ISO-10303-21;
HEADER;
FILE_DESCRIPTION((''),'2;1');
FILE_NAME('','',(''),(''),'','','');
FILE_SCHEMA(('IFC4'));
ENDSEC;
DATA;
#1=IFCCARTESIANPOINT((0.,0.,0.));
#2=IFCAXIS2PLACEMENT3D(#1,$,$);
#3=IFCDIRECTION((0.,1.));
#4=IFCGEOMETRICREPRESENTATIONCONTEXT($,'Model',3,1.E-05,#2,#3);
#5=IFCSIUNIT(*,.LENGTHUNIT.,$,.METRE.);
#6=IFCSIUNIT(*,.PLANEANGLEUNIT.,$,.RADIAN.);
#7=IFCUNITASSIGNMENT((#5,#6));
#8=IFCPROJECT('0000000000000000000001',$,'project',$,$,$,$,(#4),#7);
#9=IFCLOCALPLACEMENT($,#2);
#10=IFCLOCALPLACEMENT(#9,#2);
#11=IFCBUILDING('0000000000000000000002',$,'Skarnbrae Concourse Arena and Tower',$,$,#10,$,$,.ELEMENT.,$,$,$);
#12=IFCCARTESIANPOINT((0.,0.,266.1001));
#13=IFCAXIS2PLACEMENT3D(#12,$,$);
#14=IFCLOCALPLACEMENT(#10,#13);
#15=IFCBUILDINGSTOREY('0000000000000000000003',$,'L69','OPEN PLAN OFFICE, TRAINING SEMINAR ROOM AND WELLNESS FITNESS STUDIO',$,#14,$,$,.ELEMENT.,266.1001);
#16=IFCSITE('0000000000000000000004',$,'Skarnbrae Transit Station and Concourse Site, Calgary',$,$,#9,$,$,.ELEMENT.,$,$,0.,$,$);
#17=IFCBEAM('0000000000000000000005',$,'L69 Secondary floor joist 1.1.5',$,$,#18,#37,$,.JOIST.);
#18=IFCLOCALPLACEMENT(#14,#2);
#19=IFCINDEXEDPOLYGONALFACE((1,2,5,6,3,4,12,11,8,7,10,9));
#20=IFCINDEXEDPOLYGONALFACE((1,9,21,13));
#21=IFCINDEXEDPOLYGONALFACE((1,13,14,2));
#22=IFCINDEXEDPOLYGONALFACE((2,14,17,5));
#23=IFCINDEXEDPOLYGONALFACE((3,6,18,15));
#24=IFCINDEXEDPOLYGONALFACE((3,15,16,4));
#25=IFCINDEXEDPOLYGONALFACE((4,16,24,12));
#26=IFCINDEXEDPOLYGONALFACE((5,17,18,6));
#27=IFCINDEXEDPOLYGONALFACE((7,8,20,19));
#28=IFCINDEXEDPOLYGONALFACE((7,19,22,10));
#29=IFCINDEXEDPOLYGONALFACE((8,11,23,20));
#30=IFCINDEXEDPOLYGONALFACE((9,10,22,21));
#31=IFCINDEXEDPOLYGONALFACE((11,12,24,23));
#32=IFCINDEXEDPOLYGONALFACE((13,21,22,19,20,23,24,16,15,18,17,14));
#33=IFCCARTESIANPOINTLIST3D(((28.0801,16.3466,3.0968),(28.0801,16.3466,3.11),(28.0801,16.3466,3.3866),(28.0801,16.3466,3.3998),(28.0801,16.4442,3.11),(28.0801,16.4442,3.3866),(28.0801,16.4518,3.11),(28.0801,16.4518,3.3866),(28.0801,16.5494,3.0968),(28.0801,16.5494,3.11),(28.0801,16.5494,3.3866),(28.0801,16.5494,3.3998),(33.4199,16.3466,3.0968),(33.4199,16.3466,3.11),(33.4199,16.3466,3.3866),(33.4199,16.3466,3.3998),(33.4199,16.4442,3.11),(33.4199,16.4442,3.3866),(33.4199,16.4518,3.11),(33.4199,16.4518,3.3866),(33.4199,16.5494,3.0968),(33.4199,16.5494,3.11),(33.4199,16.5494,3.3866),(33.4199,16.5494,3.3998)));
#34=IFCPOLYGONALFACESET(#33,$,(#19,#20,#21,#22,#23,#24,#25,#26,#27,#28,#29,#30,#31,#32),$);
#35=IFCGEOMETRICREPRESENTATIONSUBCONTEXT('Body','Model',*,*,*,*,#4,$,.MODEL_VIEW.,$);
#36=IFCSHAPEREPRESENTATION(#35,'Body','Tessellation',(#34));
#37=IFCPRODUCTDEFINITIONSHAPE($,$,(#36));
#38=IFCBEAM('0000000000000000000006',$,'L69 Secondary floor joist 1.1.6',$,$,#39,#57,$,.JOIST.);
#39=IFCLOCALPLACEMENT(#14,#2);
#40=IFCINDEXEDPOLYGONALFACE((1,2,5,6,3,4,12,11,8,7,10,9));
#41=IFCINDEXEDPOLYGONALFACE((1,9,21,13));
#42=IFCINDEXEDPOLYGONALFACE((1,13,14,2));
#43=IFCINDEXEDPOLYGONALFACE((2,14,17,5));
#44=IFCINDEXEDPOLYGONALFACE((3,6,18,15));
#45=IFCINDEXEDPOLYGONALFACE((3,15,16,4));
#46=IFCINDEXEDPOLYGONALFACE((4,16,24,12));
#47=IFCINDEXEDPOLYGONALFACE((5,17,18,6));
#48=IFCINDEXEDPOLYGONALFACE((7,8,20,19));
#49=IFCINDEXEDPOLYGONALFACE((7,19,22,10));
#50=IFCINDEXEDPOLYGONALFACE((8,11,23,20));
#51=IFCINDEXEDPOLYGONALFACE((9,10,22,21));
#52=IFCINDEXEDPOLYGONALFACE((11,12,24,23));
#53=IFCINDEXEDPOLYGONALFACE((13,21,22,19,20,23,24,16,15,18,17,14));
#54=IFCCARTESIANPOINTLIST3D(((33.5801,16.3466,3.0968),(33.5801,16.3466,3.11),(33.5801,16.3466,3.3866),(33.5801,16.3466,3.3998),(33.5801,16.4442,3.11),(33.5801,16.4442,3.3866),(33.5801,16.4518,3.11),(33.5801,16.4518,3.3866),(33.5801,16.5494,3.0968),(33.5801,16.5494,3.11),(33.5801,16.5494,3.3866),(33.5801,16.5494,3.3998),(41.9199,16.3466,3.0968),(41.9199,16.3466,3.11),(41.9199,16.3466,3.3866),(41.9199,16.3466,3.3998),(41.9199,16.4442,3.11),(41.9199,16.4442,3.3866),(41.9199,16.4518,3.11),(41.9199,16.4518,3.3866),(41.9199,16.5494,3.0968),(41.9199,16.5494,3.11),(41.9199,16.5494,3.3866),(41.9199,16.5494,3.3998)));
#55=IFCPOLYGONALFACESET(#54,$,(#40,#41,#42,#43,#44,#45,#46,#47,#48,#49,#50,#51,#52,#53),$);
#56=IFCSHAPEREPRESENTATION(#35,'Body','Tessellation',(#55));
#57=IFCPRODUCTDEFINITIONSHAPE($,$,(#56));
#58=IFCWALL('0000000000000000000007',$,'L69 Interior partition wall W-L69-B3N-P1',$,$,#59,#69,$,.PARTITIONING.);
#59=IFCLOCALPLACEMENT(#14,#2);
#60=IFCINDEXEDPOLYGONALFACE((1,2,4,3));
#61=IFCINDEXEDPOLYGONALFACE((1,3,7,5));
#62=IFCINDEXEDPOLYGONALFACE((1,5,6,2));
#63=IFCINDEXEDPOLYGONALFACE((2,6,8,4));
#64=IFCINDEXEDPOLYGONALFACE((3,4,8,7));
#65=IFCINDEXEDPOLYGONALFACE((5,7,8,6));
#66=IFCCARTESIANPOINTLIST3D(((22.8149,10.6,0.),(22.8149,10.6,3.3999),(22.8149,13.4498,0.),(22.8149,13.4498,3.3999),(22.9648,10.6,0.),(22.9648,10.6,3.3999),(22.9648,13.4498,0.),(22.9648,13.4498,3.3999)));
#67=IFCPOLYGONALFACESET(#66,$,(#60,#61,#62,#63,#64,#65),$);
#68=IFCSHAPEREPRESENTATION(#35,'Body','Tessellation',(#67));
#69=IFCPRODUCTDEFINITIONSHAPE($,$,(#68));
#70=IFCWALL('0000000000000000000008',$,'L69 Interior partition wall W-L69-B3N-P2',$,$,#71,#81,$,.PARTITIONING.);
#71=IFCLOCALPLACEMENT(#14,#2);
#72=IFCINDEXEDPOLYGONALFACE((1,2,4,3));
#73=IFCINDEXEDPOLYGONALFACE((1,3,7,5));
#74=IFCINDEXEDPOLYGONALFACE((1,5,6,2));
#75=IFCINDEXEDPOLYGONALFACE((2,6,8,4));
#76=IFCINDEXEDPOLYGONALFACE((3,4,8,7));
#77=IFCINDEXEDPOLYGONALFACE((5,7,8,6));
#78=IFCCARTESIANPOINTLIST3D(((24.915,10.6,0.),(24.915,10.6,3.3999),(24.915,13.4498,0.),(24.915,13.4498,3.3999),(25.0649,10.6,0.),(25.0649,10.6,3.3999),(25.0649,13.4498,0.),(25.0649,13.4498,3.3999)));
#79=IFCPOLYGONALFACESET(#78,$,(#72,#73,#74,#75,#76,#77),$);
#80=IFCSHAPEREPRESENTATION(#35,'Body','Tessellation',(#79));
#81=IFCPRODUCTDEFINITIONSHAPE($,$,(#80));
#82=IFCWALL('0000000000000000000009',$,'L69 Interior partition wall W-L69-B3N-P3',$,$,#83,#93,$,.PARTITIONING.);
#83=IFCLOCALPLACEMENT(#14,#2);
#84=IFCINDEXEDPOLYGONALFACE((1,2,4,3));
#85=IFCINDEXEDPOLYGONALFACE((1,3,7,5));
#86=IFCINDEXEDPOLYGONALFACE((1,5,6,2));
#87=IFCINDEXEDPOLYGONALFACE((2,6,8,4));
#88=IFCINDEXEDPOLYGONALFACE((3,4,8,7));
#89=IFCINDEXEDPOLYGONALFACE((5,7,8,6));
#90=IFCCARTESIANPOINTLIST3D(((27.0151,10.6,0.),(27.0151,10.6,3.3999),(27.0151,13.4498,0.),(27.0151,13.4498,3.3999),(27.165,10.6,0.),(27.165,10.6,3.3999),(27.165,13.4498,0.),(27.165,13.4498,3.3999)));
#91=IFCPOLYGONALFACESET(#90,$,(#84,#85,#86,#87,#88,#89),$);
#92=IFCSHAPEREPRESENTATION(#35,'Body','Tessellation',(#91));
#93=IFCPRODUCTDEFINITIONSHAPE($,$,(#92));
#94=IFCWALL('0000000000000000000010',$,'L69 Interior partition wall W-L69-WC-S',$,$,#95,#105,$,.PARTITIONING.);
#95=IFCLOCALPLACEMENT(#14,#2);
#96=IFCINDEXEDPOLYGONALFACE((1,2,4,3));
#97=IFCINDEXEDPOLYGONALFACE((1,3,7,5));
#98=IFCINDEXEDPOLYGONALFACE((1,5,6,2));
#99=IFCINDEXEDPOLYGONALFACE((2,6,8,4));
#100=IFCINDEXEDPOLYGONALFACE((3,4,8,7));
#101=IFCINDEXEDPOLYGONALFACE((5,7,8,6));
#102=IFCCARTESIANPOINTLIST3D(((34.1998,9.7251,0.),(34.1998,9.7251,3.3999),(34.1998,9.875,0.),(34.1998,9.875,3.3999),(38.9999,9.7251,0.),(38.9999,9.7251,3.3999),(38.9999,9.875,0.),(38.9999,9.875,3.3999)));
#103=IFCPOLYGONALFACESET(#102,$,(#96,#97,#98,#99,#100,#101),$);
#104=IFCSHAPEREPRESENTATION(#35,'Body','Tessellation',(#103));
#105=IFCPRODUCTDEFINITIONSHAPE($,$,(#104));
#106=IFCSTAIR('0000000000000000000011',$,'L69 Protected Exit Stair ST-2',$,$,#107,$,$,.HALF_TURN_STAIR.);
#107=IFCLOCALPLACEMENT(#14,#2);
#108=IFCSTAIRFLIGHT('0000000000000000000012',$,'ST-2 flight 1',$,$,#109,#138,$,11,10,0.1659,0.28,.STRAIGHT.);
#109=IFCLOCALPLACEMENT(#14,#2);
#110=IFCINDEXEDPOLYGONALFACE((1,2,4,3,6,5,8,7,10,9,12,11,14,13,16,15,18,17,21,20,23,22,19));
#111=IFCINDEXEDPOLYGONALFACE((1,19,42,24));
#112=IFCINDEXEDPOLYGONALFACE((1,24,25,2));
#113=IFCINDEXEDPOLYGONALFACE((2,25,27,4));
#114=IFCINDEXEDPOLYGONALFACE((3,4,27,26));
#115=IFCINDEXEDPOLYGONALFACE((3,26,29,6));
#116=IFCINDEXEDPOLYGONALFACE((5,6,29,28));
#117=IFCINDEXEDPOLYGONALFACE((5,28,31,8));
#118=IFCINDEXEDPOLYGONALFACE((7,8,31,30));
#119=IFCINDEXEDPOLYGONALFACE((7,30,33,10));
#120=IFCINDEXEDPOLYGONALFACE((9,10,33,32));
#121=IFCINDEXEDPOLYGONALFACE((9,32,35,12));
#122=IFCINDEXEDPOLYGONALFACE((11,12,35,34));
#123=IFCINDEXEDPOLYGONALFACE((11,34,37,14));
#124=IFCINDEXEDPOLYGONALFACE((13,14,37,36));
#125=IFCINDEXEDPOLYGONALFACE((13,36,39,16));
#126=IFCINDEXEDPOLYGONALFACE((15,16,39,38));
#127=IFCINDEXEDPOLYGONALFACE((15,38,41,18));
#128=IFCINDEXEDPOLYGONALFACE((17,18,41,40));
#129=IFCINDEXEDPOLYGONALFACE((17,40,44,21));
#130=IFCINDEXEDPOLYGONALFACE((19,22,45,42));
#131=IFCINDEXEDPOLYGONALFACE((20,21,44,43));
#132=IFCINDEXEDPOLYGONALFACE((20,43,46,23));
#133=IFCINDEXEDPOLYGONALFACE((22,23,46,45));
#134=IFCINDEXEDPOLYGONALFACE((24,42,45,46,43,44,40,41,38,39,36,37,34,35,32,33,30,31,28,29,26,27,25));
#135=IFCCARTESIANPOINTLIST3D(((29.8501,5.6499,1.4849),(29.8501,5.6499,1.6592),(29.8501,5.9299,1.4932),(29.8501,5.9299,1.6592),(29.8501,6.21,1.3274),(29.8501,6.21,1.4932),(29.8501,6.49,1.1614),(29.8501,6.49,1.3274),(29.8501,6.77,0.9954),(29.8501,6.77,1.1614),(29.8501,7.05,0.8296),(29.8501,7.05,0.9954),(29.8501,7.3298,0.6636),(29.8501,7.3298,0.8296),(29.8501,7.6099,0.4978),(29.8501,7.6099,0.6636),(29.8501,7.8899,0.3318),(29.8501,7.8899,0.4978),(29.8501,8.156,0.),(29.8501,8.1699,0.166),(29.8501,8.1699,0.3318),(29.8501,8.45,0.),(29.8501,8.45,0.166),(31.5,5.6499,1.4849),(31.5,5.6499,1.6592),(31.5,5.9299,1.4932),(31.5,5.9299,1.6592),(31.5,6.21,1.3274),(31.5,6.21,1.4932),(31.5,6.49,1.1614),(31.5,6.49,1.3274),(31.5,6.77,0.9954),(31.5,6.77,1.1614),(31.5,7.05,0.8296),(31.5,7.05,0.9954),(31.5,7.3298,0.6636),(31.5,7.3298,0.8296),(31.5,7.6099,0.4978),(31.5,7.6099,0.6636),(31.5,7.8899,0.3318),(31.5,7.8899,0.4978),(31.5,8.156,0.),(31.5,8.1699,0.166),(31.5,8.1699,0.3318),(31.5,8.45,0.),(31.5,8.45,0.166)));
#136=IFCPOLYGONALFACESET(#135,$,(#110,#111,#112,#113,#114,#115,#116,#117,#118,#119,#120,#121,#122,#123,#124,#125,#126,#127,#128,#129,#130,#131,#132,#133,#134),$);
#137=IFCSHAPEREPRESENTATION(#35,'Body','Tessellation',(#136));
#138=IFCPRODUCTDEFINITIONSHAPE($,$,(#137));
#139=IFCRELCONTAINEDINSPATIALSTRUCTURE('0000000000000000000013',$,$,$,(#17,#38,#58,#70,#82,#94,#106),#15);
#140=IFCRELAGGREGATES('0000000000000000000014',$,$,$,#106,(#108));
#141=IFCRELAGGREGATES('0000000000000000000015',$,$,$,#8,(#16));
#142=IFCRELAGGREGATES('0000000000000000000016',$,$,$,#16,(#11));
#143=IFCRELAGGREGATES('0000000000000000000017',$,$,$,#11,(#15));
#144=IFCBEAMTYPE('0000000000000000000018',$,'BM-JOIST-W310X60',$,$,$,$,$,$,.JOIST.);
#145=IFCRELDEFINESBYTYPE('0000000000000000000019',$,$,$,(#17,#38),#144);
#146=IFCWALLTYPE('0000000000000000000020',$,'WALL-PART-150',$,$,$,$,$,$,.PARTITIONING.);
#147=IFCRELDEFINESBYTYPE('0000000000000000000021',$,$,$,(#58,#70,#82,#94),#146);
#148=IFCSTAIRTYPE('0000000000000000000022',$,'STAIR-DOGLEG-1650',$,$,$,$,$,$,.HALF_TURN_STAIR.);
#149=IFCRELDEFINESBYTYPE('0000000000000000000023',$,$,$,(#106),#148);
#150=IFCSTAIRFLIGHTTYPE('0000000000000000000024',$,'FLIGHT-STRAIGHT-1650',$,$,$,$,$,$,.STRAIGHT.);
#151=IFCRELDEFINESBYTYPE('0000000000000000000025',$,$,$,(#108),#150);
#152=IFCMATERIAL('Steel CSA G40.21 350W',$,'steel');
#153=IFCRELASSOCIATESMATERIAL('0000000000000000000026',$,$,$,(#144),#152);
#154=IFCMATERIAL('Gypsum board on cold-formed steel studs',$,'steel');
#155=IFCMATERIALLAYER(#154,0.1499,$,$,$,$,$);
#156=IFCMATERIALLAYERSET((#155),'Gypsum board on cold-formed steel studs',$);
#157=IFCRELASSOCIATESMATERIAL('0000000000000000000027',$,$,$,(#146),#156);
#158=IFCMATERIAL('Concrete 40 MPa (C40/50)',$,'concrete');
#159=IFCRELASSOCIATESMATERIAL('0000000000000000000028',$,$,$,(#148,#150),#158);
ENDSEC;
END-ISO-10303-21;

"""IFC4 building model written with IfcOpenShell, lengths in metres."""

from ifc_helpers import new_model, si_unit, direction, frame, frame_2d, origin, origin_2d, place, context, subcontext, project, spatial, polyline, rectangle, i_section, outline, extrude, source, transform, mapped, material, layer, layer_set, material_profile, profile_set, type_object, element, aggregate, save


model = new_model("IFC4")

# Units and contexts
model_context = context("Model", 3, precision=1e-05, world=origin(), true_north=direction((0.0, 1.0)))
body_context = subcontext(model_context, "Body", "Model", "MODEL_VIEW")
ifc_project = project(units=[si_unit("LENGTHUNIT", "METRE"), si_unit("PLANEANGLEUNIT", "RADIAN")], contexts=[model_context])

# Site, building, storey
site_placement = place(None, origin())
site = spatial("IfcSite", under=ifc_project, at=site_placement, Name="Skarnbrae Transit Station and Concourse Site, Calgary", CompositionType="ELEMENT", RefElevation=0.0)
building_placement = place(site_placement, origin())
building = spatial("IfcBuilding", under=site, at=building_placement, Name="Skarnbrae Concourse Arena and Tower", CompositionType="ELEMENT")
storey_placement = place(building_placement, frame((0.0, 0.0, 266.1001)))
storey = spatial("IfcBuildingStorey", under=building, at=storey_placement, Name="L69", Description="OPEN PLAN OFFICE, TRAINING SEMINAR ROOM AND WELLNESS FITNESS STUDIO", CompositionType="ELEMENT", Elevation=266.1001)

# Shared definitions
ifc_material_1 = material(Name="Steel CSA G40.21 350W", Category="steel")

# Beams
ifc_material_profile_1 = material_profile(ifc_material_1, i_section(OverallWidth=0.2029, OverallDepth=0.303, WebThickness=0.0076, FlangeThickness=0.0132, at=origin_2d()), Name="W310X60")
ifc_profile_set_1 = profile_set([ifc_material_profile_1], Name="Steel CSA G40.21 350W")
beam_type_1 = type_object("IfcBeamType", Name="BM-JOIST-W310X60", PredefinedType="JOIST", material=ifc_profile_set_1)
shared_shape_1 = source(origin(), body_context, "Body", "SweptSolid", [
    extrude(i_section(OverallWidth=0.2029, OverallDepth=0.303, WebThickness=0.0076, FlangeThickness=0.0132, at=origin_2d()), origin(), (0.0, 0.0, 1.0), 5.3398),
])
beam_1_placement = place(storey_placement, frame((28.0801, 16.448, 3.2483), z_axis=(1.0, 0.0, 0.0), x_axis=(0.0, 1.0, 0.0)))
element("IfcBeam", 1, at=beam_1_placement, inside=storey, type_object=beam_type_1, Name="L69 Secondary floor joist 1.1.5", PredefinedType="JOIST", context=body_context, shape_type="MappedRepresentation", body=[
    mapped(shared_shape_1, transform((0.0, 0.0, 0.0))),
])
shared_shape_2 = source(origin(), body_context, "Body", "SweptSolid", [
    extrude(i_section(OverallWidth=0.2029, OverallDepth=0.303, WebThickness=0.0076, FlangeThickness=0.0132, at=origin_2d()), origin(), (0.0, 0.0, 1.0), 8.3398),
])
beam_2_placement = place(storey_placement, frame((33.5801, 16.448, 3.2483), z_axis=(1.0, 0.0, 0.0), x_axis=(0.0, 1.0, 0.0)))
element("IfcBeam", 2, at=beam_2_placement, inside=storey, type_object=beam_type_1, Name="L69 Secondary floor joist 1.1.6", PredefinedType="JOIST", context=body_context, shape_type="MappedRepresentation", body=[
    mapped(shared_shape_2, transform((0.0, 0.0, 0.0))),
])

# Walls
ifc_material_2 = material(Name="Gypsum board on cold-formed steel studs", Category="steel")
ifc_layer_1 = layer(ifc_material_2, 0.1499)
ifc_layer_set_1 = layer_set([ifc_layer_1], Name="Gypsum board on cold-formed steel studs")
wall_type_1 = type_object("IfcWallType", Name="WALL-PART-150", PredefinedType="PARTITIONING", material=ifc_layer_set_1)
shared_shape_3 = source(origin(), body_context, "Body", "SweptSolid", [
    extrude(rectangle(XDim=2.8499, YDim=0.1499, at=frame_2d((1.4248, 0.0))), origin(), (0.0, 0.0, 1.0), 3.3999),
])
for number, where, z_axis, x_axis, name in (
    (3, (22.8899, 10.6001, 0.0), (0.0, 0.0, 1.0), (0.0, 1.0, 0.0), "L69 Interior partition wall W-L69-B3N-P1"),
    (4, (24.99, 10.6001, 0.0), (0.0, 0.0, 1.0), (0.0, 1.0, 0.0), "L69 Interior partition wall W-L69-B3N-P2"),
    (5, (27.0901, 10.6001, 0.0), (0.0, 0.0, 1.0), (0.0, 1.0, 0.0), "L69 Interior partition wall W-L69-B3N-P3"),
):
    element("IfcWall", number, at=place(storey_placement, frame(where, z_axis=z_axis, x_axis=x_axis)), inside=storey, type_object=wall_type_1, Name=name, PredefinedType="PARTITIONING", context=body_context, shape_type="MappedRepresentation", body=[
        mapped(shared_shape_3, transform((0.0, 0.0, 0.0))),
    ])
shared_shape_4 = source(origin(), body_context, "Body", "SweptSolid", [
    extrude(rectangle(XDim=4.8, YDim=0.1499, at=frame_2d((2.3999, 0.0))), origin(), (0.0, 0.0, 1.0), 3.3999),
])
wall_1_placement = place(storey_placement, frame((34.2, 9.8, 0.0), z_axis=(0.0, 0.0, 1.0), x_axis=(1.0, 0.0, 0.0)))
element("IfcWall", 6, at=wall_1_placement, inside=storey, type_object=wall_type_1, Name="L69 Interior partition wall W-L69-WC-S", PredefinedType="PARTITIONING", context=body_context, shape_type="MappedRepresentation", body=[
    mapped(shared_shape_4, transform((0.0, 0.0, 0.0))),
])

# Stair, stair flight
ifc_material_3 = material(Name="Concrete 40 MPa (C40/50)", Category="concrete")
stair_type = type_object("IfcStairType", Name="STAIR-DOGLEG-1650", PredefinedType="HALF_TURN_STAIR", material=ifc_material_3)
stair_placement = place(storey_placement, origin())
stair = element("IfcStair", 7, at=stair_placement, inside=storey, type_object=stair_type, Name="L69 Protected Exit Stair ST-2", PredefinedType="HALF_TURN_STAIR")
stair_flight_type = type_object("IfcStairFlightType", Name="FLIGHT-STRAIGHT-1650", PredefinedType="STRAIGHT", material=ifc_material_3)
shared_shape_5 = source(origin(), body_context, "Body", "SweptSolid", [
    extrude(outline(polyline([(0.0, 0.0), (0.0, 0.166), (0.28, 0.166), (0.28, 0.3318), (0.5601, 0.3318), (0.5601, 0.4978), (0.8401, 0.4978), (0.8401, 0.6636), (1.1201, 0.6636), (1.1201, 0.8296), (1.3999, 0.8296), (1.3999, 0.9954), (1.6799, 0.9954), (1.6799, 1.1614), (1.96, 1.1614), (1.96, 1.3274), (2.24, 1.3274), (2.24, 1.4932), (2.52, 1.4932), (2.52, 1.6592), (2.8, 1.6592), (2.8, 1.825), (2.8, 1.4849), (0.2939, 0.0), (0.0, 0.0)])), frame((0.0, 0.825, 0.0), z_axis=(0.0, -1.0, 0.0), x_axis=(1.0, 0.0, 0.0)), (0.0, 0.0, 1.0), 1.6499),
])
stair_flight_placement = place(storey_placement, frame((30.675, 8.45, 0.0), z_axis=(0.0, 0.0, 1.0), x_axis=(0.0, -1.0, 0.0)))
stair_flight = element("IfcStairFlight", 8, at=stair_flight_placement, type_object=stair_flight_type, Name="ST-2 flight 1", NumberOfRisers=11, NumberOfTreads=10, PredefinedType="STRAIGHT", RiserHeight=0.1659, TreadLength=0.28, context=body_context, shape_type="MappedRepresentation", body=[
    mapped(shared_shape_5, transform((0.0, 0.0, 0.0))),
])
aggregate(stair, [stair_flight])

save(model, "model.ifc")
